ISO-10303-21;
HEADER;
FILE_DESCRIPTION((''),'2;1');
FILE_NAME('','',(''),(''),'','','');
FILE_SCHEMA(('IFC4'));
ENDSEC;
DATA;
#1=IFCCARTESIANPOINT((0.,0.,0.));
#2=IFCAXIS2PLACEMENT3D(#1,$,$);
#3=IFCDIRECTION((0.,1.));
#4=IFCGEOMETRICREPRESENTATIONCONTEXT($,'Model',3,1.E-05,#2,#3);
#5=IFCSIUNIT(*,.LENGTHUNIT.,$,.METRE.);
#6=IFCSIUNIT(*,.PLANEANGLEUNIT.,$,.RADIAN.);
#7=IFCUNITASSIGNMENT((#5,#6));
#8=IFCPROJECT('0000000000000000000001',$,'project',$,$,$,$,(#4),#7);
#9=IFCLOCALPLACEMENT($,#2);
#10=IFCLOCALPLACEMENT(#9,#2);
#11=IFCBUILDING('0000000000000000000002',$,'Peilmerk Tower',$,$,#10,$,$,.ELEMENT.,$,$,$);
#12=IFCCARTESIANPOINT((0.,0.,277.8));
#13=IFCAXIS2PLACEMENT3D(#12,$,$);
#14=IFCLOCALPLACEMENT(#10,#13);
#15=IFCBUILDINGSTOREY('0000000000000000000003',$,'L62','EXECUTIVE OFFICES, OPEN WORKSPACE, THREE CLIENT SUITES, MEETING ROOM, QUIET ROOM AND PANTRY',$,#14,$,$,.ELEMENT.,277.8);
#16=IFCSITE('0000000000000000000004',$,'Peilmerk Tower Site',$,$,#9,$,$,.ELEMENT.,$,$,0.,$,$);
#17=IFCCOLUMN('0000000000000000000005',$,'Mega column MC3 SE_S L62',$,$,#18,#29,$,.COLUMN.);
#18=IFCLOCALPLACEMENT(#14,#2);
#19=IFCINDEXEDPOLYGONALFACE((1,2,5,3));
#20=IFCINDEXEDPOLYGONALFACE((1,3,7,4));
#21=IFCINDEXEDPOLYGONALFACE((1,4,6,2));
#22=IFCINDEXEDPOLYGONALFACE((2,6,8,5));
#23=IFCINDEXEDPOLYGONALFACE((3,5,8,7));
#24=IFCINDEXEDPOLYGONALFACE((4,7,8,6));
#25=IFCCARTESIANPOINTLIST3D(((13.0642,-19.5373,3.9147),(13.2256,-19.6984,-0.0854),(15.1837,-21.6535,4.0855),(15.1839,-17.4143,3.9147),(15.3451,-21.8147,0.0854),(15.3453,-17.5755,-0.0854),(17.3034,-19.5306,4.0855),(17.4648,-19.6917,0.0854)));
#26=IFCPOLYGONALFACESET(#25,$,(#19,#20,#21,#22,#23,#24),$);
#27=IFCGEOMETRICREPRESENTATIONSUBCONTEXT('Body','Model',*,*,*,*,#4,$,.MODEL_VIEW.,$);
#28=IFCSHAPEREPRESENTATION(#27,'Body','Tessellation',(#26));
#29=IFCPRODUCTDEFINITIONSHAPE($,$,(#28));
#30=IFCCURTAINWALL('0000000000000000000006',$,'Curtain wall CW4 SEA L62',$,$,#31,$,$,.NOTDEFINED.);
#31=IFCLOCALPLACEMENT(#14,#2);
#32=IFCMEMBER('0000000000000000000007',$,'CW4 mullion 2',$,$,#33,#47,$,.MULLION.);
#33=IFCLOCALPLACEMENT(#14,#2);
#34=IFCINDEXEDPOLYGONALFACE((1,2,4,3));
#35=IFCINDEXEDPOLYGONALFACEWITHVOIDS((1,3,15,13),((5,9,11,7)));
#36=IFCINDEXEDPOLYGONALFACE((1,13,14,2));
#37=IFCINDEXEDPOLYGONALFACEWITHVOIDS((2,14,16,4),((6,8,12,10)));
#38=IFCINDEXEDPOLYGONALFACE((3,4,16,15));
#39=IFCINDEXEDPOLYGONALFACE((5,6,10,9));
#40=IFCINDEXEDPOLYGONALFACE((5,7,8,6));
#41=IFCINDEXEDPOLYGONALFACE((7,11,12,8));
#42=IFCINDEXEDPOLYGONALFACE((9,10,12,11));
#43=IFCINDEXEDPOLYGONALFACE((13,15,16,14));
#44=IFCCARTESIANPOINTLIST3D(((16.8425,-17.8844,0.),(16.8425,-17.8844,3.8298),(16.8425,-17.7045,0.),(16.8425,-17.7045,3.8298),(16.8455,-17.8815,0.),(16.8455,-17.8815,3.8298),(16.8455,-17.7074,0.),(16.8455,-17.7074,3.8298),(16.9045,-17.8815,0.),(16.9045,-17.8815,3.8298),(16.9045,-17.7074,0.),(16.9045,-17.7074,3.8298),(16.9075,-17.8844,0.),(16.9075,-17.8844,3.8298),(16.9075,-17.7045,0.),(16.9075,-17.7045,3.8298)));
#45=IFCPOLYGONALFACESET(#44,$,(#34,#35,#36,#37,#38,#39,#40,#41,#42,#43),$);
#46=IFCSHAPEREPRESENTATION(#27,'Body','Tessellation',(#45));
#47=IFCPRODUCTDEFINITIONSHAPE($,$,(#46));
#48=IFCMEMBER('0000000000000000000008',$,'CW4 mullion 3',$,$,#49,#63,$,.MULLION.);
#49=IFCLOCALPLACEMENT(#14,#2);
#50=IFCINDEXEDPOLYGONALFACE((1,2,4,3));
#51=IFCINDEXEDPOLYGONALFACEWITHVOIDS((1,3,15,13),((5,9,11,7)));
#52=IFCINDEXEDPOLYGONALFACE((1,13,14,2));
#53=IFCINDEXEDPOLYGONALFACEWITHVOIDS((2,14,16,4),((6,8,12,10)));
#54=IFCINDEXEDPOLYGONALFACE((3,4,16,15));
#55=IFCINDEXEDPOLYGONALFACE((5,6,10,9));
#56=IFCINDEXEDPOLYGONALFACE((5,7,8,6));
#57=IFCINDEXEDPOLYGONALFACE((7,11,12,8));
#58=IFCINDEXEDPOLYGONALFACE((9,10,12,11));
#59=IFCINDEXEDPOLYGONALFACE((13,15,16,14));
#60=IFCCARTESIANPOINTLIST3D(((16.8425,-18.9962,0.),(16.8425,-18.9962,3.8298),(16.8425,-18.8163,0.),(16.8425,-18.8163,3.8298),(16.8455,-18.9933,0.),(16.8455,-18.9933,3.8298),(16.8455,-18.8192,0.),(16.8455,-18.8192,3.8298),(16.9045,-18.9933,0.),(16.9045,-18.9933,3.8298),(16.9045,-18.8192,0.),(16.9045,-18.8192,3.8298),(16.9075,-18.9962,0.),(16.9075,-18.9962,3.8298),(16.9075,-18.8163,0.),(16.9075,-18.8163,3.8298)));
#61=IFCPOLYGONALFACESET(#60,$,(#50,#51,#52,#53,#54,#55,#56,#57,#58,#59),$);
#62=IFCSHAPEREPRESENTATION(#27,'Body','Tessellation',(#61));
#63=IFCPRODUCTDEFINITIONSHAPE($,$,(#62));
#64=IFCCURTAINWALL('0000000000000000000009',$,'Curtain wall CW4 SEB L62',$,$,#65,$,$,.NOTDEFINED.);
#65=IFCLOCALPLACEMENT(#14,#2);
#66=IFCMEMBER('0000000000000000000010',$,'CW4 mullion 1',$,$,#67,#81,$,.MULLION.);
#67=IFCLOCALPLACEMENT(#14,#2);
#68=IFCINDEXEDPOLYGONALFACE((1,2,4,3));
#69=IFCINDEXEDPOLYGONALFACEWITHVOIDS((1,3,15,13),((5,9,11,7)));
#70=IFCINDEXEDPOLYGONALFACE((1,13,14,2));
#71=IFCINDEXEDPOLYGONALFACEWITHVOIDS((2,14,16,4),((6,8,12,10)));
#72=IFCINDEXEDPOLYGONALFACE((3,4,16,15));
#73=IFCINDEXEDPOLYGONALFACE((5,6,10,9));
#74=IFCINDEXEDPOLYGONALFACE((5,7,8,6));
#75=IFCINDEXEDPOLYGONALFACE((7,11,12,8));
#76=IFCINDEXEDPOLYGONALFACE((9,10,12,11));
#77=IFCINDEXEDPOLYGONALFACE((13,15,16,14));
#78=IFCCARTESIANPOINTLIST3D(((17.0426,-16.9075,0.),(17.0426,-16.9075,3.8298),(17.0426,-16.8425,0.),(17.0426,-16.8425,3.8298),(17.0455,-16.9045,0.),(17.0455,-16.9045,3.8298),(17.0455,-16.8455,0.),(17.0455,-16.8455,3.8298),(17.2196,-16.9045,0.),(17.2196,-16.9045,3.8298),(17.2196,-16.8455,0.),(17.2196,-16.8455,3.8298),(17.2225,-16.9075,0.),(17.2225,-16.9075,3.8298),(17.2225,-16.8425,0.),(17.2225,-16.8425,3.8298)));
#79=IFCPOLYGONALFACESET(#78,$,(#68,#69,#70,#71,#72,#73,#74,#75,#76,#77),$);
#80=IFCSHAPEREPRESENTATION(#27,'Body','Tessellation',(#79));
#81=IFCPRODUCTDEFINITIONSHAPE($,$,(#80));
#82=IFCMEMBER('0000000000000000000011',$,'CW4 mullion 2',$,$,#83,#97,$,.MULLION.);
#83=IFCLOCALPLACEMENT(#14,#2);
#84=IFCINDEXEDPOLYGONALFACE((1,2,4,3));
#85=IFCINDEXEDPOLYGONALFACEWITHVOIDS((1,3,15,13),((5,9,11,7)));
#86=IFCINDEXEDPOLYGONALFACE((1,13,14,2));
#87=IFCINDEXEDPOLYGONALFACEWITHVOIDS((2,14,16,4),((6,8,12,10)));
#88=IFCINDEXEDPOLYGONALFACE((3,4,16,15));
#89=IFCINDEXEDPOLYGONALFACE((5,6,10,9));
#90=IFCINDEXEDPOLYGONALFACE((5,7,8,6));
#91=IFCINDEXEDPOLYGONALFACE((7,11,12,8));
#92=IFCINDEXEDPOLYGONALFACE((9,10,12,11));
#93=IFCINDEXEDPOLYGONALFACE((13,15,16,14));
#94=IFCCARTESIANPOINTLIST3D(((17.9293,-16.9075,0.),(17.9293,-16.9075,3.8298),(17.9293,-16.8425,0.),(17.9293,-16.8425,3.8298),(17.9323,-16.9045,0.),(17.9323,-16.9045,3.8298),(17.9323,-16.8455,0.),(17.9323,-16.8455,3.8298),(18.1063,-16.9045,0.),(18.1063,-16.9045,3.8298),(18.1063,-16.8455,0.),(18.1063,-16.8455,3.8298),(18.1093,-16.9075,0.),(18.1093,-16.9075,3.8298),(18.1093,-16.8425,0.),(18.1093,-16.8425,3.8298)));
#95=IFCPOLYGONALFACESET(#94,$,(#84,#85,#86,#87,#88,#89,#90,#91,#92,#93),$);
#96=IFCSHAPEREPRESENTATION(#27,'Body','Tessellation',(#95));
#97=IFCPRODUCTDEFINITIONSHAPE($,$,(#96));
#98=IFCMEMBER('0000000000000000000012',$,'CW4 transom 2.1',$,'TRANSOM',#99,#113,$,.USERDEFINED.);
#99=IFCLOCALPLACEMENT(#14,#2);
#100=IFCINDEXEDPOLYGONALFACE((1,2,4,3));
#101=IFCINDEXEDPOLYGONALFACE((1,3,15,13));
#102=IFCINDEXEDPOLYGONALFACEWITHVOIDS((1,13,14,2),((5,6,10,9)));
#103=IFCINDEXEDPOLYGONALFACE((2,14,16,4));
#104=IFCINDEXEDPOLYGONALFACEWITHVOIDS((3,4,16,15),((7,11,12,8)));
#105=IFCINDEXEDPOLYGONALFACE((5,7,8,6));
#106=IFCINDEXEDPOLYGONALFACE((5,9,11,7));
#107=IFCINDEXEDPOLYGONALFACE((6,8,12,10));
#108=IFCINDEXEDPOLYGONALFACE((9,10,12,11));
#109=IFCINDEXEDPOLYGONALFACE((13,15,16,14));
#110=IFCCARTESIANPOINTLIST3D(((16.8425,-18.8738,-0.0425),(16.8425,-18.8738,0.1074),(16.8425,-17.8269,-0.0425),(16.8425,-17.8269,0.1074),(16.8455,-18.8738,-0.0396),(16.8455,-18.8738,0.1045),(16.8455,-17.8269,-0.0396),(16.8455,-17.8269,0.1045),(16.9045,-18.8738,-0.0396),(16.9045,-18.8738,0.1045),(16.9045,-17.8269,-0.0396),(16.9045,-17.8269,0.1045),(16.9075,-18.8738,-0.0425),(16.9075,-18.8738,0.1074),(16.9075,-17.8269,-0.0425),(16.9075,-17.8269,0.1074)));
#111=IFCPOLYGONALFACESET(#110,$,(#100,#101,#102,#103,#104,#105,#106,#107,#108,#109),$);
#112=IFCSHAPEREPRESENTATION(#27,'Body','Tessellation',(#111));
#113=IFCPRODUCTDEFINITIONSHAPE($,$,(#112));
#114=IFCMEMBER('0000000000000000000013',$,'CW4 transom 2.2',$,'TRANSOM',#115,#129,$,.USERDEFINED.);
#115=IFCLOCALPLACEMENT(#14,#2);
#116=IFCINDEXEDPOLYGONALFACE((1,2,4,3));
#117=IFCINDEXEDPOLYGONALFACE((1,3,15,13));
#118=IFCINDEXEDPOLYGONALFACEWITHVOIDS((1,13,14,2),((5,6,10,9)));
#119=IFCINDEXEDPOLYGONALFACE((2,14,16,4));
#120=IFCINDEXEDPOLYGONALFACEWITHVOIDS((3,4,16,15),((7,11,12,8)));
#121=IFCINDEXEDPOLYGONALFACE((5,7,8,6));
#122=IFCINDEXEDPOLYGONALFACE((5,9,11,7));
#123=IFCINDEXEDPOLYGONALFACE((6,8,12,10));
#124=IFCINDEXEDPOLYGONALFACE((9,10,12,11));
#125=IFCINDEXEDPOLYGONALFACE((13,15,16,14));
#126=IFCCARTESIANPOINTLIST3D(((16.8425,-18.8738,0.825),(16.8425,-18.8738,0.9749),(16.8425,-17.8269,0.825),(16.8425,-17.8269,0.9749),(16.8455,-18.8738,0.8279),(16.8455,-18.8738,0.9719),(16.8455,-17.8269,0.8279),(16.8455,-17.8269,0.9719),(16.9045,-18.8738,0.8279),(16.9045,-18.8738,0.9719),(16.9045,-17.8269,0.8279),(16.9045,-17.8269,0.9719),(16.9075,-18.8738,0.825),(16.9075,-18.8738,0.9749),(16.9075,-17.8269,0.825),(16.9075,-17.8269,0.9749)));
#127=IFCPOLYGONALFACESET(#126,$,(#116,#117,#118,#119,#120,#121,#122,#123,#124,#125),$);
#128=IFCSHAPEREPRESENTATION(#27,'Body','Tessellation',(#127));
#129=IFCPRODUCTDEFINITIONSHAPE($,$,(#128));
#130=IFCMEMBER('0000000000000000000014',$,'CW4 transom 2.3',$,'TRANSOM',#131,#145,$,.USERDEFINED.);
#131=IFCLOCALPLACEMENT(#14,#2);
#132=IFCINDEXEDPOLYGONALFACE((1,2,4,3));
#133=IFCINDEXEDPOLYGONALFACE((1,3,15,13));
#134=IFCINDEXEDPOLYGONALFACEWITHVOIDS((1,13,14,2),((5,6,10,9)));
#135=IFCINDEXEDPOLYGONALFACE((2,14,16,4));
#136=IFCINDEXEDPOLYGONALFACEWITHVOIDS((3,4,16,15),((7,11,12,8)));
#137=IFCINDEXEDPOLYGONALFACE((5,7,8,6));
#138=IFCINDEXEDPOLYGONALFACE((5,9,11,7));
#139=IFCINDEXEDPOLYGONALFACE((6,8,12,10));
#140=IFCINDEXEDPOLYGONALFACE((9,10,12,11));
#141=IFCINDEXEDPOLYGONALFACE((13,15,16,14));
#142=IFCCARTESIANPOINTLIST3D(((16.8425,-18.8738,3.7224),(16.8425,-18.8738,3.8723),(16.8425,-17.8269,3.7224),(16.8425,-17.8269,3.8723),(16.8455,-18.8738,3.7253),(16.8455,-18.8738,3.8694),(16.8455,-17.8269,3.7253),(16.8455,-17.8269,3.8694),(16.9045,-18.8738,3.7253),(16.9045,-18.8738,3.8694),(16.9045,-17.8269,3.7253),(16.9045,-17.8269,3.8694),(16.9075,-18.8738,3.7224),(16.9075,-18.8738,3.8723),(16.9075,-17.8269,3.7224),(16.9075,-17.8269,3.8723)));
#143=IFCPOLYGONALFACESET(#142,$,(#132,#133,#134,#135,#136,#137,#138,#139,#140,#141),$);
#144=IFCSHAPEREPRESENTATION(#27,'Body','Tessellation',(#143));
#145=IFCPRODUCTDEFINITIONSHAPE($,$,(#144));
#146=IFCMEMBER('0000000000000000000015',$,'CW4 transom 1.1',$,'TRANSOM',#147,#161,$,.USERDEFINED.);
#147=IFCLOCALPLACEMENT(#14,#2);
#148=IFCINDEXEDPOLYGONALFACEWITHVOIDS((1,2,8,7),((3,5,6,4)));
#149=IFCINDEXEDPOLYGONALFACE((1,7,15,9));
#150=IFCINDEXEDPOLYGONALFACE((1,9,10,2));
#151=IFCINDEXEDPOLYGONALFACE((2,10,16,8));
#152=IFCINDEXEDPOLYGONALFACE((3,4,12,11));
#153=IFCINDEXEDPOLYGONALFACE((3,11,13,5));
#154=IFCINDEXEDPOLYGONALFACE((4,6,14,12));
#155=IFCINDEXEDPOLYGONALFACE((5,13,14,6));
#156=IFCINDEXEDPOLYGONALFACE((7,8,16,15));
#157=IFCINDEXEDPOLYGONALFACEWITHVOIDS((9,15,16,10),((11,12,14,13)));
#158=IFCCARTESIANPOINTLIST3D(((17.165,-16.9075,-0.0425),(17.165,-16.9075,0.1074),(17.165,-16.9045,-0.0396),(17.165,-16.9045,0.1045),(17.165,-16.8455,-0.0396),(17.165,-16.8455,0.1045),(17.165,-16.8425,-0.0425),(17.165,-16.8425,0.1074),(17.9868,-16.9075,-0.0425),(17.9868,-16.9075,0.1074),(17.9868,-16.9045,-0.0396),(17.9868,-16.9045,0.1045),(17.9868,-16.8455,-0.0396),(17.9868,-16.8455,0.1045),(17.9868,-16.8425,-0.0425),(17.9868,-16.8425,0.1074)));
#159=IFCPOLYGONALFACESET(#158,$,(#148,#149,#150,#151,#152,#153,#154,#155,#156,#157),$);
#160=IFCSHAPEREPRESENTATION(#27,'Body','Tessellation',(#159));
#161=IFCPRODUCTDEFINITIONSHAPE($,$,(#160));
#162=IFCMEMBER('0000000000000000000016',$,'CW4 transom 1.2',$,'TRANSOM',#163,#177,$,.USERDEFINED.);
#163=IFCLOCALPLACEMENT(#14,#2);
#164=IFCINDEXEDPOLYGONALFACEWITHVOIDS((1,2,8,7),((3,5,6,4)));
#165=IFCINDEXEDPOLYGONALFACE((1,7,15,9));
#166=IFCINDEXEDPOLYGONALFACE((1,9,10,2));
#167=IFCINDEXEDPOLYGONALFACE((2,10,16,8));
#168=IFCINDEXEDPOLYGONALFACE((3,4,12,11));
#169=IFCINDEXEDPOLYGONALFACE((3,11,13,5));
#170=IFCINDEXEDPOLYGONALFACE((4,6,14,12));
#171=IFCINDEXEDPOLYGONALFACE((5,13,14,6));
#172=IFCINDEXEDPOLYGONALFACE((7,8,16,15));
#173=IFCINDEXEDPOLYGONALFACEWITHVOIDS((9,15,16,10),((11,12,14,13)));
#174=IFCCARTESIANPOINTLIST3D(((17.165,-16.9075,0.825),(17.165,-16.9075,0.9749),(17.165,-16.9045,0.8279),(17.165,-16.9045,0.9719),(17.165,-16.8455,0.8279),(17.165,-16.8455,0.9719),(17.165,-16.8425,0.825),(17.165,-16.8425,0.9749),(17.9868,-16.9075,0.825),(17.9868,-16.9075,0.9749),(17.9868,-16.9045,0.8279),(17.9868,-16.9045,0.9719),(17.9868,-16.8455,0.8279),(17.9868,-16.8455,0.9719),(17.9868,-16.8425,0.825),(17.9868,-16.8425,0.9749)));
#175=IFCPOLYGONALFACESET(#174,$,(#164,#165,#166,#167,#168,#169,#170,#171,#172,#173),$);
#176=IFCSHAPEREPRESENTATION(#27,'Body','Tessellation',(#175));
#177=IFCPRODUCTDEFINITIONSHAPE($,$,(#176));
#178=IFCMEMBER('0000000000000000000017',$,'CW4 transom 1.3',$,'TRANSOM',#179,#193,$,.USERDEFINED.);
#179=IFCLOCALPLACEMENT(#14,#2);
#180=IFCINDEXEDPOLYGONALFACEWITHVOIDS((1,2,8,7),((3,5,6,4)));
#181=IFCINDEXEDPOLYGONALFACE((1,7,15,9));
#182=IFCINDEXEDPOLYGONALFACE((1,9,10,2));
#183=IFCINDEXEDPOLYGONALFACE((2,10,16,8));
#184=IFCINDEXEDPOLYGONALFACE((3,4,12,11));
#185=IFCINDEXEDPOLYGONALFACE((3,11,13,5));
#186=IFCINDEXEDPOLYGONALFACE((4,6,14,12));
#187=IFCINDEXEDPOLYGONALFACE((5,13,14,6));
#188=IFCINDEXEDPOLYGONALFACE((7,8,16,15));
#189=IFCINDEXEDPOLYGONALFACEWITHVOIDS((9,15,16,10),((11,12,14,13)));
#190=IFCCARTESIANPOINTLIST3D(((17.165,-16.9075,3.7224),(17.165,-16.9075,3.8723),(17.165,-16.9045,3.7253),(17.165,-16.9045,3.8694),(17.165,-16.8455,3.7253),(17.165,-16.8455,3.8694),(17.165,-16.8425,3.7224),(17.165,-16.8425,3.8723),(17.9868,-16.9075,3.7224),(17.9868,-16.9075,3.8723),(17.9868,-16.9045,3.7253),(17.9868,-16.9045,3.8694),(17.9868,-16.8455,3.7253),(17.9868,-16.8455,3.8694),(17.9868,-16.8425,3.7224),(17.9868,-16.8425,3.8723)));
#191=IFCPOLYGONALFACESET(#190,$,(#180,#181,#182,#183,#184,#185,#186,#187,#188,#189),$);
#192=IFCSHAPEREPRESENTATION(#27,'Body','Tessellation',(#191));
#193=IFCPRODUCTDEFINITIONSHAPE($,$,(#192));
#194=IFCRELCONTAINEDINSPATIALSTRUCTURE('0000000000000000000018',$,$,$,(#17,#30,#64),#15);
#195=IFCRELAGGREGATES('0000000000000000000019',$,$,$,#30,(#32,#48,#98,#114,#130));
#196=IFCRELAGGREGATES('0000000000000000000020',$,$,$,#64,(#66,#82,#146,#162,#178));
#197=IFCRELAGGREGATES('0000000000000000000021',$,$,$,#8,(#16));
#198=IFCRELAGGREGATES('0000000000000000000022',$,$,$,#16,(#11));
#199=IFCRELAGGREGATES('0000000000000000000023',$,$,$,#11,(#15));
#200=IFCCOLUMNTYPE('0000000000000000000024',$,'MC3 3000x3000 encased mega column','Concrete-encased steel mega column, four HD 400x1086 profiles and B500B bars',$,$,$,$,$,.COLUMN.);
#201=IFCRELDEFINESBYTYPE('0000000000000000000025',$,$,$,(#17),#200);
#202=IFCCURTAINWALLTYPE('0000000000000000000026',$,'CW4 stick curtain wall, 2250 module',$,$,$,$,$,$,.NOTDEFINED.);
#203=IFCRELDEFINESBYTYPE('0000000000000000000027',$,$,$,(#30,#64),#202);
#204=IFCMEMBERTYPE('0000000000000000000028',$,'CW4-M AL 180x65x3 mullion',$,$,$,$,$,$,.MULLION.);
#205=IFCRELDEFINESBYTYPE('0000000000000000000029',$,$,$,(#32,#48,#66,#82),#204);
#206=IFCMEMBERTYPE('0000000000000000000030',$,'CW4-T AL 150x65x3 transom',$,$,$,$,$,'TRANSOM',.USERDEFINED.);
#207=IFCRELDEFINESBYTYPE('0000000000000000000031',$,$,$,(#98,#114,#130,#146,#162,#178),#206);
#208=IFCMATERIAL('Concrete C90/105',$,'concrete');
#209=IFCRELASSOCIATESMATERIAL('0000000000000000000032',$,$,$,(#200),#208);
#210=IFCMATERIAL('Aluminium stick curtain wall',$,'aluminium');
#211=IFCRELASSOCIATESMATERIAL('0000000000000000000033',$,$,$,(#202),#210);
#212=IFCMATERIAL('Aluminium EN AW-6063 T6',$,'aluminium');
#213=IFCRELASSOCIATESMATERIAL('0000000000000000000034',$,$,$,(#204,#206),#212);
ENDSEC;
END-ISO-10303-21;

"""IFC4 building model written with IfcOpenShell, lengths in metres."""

from ifc_helpers import new_model, si_unit, direction, frame, origin, origin_2d, place, context, subcontext, project, spatial, rectangle, hollow_rectangle, extrude, material, material_profile, profile_set, type_object, element, aggregate, save


model = new_model("IFC4")

# Units and contexts
model_context = context("Model", 3, precision=1e-05, world=origin(), true_north=direction((0.0, 1.0)))
body_context = subcontext(model_context, "Body", "Model", "MODEL_VIEW")
ifc_project = project(units=[si_unit("LENGTHUNIT", "METRE"), si_unit("PLANEANGLEUNIT", "RADIAN")], contexts=[model_context])

# Site, building, storey
site_placement = place(None, origin())
site = spatial("IfcSite", under=ifc_project, at=site_placement, Name="Peilmerk Tower Site", CompositionType="ELEMENT", RefElevation=0.0)
building_placement = place(site_placement, origin())
building = spatial("IfcBuilding", under=site, at=building_placement, Name="Peilmerk Tower", CompositionType="ELEMENT")
storey_placement = place(building_placement, frame((0.0, 0.0, 277.8)))
storey = spatial("IfcBuildingStorey", under=building, at=storey_placement, Name="L62", Description="EXECUTIVE OFFICES, OPEN WORKSPACE, THREE CLIENT SUITES, MEETING ROOM, QUIET ROOM AND PANTRY", CompositionType="ELEMENT", Elevation=277.8)

# Column
ifc_material_1 = material(Name="Concrete C90/105", Category="concrete")
ifc_material_profile_1 = material_profile(ifc_material_1, rectangle(XDim=3.0, YDim=3.0, at=origin_2d()), Name="RC 3000x3000")
ifc_profile_set_1 = profile_set([ifc_material_profile_1], Name="Concrete C90/105")
column_type = type_object("IfcColumnType", Name="MC3 3000x3000 encased mega column", Description="Concrete-encased steel mega column, four HD 400x1086 profiles and B500B bars", PredefinedType="COLUMN", material=ifc_profile_set_1)
column_placement = place(storey_placement, frame((15.3452, -19.6951, 0.0), z_axis=(-0.040279, 0.040218, 0.998379), x_axis=(-0.706571, -0.707642, 0.0)))
element("IfcColumn", 1, at=column_placement, inside=storey, type_object=column_type, Name="Mega column MC3 SE_S L62", PredefinedType="COLUMN", context=body_context, shape_type="SweptSolid", body=[
    extrude(rectangle(XDim=3.0, YDim=3.0, at=origin_2d()), origin(), (0.0, 0.0, 1.0), 4.0066),
])

# Curtain walls, members
ifc_material_2 = material(Name="Aluminium stick curtain wall", Category="aluminium")
curtain_wall_type = type_object("IfcCurtainWallType", Name="CW4 stick curtain wall, 2250 module", PredefinedType="NOTDEFINED", material=ifc_material_2)
curtain_wall_1_placement = place(storey_placement, origin())
curtain_wall_1 = element("IfcCurtainWall", 2, at=curtain_wall_1_placement, inside=storey, type_object=curtain_wall_type, Name="Curtain wall CW4 SEA L62", PredefinedType="NOTDEFINED")
ifc_material_3 = material(Name="Aluminium EN AW-6063 T6", Category="aluminium")
ifc_material_profile_2 = material_profile(ifc_material_3, hollow_rectangle(XDim=0.0649, YDim=0.1799, WallThickness=0.0029, at=origin_2d()), Name="AL 180x65x3")
ifc_profile_set_2 = profile_set([ifc_material_profile_2], Name="Aluminium EN AW-6063 T6")
member_type_1 = type_object("IfcMemberType", Name="CW4-M AL 180x65x3 mullion", PredefinedType="MULLION", material=ifc_profile_set_2)
member_1_placement = place(storey_placement, frame((16.875, -17.7944, 0.0), z_axis=(0.0, 0.0, 1.0), x_axis=(1.0, 0.0, 0.0)))
member_1 = element("IfcMember", 3, at=member_1_placement, type_object=member_type_1, Name="CW4 mullion 2", PredefinedType="MULLION", context=body_context, shape_type="SweptSolid", body=[
    extrude(hollow_rectangle(XDim=0.0649, YDim=0.1799, WallThickness=0.0029, at=origin_2d()), origin(), (0.0, 0.0, 1.0), 3.8298),
])
member_2_placement = place(storey_placement, frame((16.875, -18.9062, 0.0), z_axis=(0.0, 0.0, 1.0), x_axis=(1.0, 0.0, 0.0)))
member_2 = element("IfcMember", 4, at=member_2_placement, type_object=member_type_1, Name="CW4 mullion 3", PredefinedType="MULLION", context=body_context, shape_type="SweptSolid", body=[
    extrude(hollow_rectangle(XDim=0.0649, YDim=0.1799, WallThickness=0.0029, at=origin_2d()), origin(), (0.0, 0.0, 1.0), 3.8298),
])
curtain_wall_2_placement = place(storey_placement, origin())
curtain_wall_2 = element("IfcCurtainWall", 5, at=curtain_wall_2_placement, inside=storey, type_object=curtain_wall_type, Name="Curtain wall CW4 SEB L62", PredefinedType="NOTDEFINED")
member_3_placement = place(storey_placement, frame((17.1326, -16.875, 0.0), z_axis=(0.0, 0.0, 1.0), x_axis=(0.0, 1.0, 0.0)))
member_3 = element("IfcMember", 6, at=member_3_placement, type_object=member_type_1, Name="CW4 mullion 1", PredefinedType="MULLION", context=body_context, shape_type="SweptSolid", body=[
    extrude(hollow_rectangle(XDim=0.0649, YDim=0.1799, WallThickness=0.0029, at=origin_2d()), origin(), (0.0, 0.0, 1.0), 3.8298),
])
member_4_placement = place(storey_placement, frame((18.0193, -16.875, 0.0), z_axis=(0.0, 0.0, 1.0), x_axis=(0.0, 1.0, 0.0)))
member_4 = element("IfcMember", 7, at=member_4_placement, type_object=member_type_1, Name="CW4 mullion 2", PredefinedType="MULLION", context=body_context, shape_type="SweptSolid", body=[
    extrude(hollow_rectangle(XDim=0.0649, YDim=0.1799, WallThickness=0.0029, at=origin_2d()), origin(), (0.0, 0.0, 1.0), 3.8298),
])

# Members
ifc_material_profile_3 = material_profile(ifc_material_3, hollow_rectangle(XDim=0.0649, YDim=0.1499, WallThickness=0.0029, at=origin_2d()), Name="AL 150x65x3")
ifc_profile_set_3 = profile_set([ifc_material_profile_3], Name="Aluminium EN AW-6063 T6")
member_type_2 = type_object("IfcMemberType", Name="CW4-T AL 150x65x3 transom", ElementType="TRANSOM", PredefinedType="USERDEFINED", material=ifc_profile_set_3)
member_5_placement = place(storey_placement, frame((16.875, -17.8269, 0.0325), z_axis=(0.0, -1.0, 0.0), x_axis=(1.0, 0.0, 0.0)))
member_5 = element("IfcMember", 8, at=member_5_placement, type_object=member_type_2, Name="CW4 transom 2.1", ObjectType="TRANSOM", PredefinedType="USERDEFINED", context=body_context, shape_type="SweptSolid", body=[
    extrude(hollow_rectangle(XDim=0.0649, YDim=0.1499, WallThickness=0.0029, at=origin_2d()), origin(), (0.0, 0.0, 1.0), 1.0469),
])
member_6_placement = place(storey_placement, frame((16.875, -17.8269, 0.8999), z_axis=(0.0, -1.0, 0.0), x_axis=(1.0, 0.0, 0.0)))
member_6 = element("IfcMember", 9, at=member_6_placement, type_object=member_type_2, Name="CW4 transom 2.2", ObjectType="TRANSOM", PredefinedType="USERDEFINED", context=body_context, shape_type="SweptSolid", body=[
    extrude(hollow_rectangle(XDim=0.0649, YDim=0.1499, WallThickness=0.0029, at=origin_2d()), origin(), (0.0, 0.0, 1.0), 1.0469),
])
member_7_placement = place(storey_placement, frame((16.875, -17.8269, 3.7974), z_axis=(0.0, -1.0, 0.0), x_axis=(1.0, 0.0, 0.0)))
member_7 = element("IfcMember", 10, at=member_7_placement, type_object=member_type_2, Name="CW4 transom 2.3", ObjectType="TRANSOM", PredefinedType="USERDEFINED", context=body_context, shape_type="SweptSolid", body=[
    extrude(hollow_rectangle(XDim=0.0649, YDim=0.1499, WallThickness=0.0029, at=origin_2d()), origin(), (0.0, 0.0, 1.0), 1.0469),
])
member_8_placement = place(storey_placement, frame((17.165, -16.875, 0.0325), z_axis=(1.0, 0.0, 0.0), x_axis=(0.0, 1.0, 0.0)))
member_8 = element("IfcMember", 11, at=member_8_placement, type_object=member_type_2, Name="CW4 transom 1.1", ObjectType="TRANSOM", PredefinedType="USERDEFINED", context=body_context, shape_type="SweptSolid", body=[
    extrude(hollow_rectangle(XDim=0.0649, YDim=0.1499, WallThickness=0.0029, at=origin_2d()), origin(), (0.0, 0.0, 1.0), 0.8218),
])
member_9_placement = place(storey_placement, frame((17.165, -16.875, 0.8999), z_axis=(1.0, 0.0, 0.0), x_axis=(0.0, 1.0, 0.0)))
member_9 = element("IfcMember", 12, at=member_9_placement, type_object=member_type_2, Name="CW4 transom 1.2", ObjectType="TRANSOM", PredefinedType="USERDEFINED", context=body_context, shape_type="SweptSolid", body=[
    extrude(hollow_rectangle(XDim=0.0649, YDim=0.1499, WallThickness=0.0029, at=origin_2d()), origin(), (0.0, 0.0, 1.0), 0.8218),
])
member_10_placement = place(storey_placement, frame((17.165, -16.875, 3.7974), z_axis=(1.0, 0.0, 0.0), x_axis=(0.0, 1.0, 0.0)))
member_10 = element("IfcMember", 13, at=member_10_placement, type_object=member_type_2, Name="CW4 transom 1.3", ObjectType="TRANSOM", PredefinedType="USERDEFINED", context=body_context, shape_type="SweptSolid", body=[
    extrude(hollow_rectangle(XDim=0.0649, YDim=0.1499, WallThickness=0.0029, at=origin_2d()), origin(), (0.0, 0.0, 1.0), 0.8218),
])

aggregate(curtain_wall_1, [member_1, member_2, member_5, member_6, member_7])
aggregate(curtain_wall_2, [member_3, member_4, member_8, member_9, member_10])

save(model, "model.ifc")
